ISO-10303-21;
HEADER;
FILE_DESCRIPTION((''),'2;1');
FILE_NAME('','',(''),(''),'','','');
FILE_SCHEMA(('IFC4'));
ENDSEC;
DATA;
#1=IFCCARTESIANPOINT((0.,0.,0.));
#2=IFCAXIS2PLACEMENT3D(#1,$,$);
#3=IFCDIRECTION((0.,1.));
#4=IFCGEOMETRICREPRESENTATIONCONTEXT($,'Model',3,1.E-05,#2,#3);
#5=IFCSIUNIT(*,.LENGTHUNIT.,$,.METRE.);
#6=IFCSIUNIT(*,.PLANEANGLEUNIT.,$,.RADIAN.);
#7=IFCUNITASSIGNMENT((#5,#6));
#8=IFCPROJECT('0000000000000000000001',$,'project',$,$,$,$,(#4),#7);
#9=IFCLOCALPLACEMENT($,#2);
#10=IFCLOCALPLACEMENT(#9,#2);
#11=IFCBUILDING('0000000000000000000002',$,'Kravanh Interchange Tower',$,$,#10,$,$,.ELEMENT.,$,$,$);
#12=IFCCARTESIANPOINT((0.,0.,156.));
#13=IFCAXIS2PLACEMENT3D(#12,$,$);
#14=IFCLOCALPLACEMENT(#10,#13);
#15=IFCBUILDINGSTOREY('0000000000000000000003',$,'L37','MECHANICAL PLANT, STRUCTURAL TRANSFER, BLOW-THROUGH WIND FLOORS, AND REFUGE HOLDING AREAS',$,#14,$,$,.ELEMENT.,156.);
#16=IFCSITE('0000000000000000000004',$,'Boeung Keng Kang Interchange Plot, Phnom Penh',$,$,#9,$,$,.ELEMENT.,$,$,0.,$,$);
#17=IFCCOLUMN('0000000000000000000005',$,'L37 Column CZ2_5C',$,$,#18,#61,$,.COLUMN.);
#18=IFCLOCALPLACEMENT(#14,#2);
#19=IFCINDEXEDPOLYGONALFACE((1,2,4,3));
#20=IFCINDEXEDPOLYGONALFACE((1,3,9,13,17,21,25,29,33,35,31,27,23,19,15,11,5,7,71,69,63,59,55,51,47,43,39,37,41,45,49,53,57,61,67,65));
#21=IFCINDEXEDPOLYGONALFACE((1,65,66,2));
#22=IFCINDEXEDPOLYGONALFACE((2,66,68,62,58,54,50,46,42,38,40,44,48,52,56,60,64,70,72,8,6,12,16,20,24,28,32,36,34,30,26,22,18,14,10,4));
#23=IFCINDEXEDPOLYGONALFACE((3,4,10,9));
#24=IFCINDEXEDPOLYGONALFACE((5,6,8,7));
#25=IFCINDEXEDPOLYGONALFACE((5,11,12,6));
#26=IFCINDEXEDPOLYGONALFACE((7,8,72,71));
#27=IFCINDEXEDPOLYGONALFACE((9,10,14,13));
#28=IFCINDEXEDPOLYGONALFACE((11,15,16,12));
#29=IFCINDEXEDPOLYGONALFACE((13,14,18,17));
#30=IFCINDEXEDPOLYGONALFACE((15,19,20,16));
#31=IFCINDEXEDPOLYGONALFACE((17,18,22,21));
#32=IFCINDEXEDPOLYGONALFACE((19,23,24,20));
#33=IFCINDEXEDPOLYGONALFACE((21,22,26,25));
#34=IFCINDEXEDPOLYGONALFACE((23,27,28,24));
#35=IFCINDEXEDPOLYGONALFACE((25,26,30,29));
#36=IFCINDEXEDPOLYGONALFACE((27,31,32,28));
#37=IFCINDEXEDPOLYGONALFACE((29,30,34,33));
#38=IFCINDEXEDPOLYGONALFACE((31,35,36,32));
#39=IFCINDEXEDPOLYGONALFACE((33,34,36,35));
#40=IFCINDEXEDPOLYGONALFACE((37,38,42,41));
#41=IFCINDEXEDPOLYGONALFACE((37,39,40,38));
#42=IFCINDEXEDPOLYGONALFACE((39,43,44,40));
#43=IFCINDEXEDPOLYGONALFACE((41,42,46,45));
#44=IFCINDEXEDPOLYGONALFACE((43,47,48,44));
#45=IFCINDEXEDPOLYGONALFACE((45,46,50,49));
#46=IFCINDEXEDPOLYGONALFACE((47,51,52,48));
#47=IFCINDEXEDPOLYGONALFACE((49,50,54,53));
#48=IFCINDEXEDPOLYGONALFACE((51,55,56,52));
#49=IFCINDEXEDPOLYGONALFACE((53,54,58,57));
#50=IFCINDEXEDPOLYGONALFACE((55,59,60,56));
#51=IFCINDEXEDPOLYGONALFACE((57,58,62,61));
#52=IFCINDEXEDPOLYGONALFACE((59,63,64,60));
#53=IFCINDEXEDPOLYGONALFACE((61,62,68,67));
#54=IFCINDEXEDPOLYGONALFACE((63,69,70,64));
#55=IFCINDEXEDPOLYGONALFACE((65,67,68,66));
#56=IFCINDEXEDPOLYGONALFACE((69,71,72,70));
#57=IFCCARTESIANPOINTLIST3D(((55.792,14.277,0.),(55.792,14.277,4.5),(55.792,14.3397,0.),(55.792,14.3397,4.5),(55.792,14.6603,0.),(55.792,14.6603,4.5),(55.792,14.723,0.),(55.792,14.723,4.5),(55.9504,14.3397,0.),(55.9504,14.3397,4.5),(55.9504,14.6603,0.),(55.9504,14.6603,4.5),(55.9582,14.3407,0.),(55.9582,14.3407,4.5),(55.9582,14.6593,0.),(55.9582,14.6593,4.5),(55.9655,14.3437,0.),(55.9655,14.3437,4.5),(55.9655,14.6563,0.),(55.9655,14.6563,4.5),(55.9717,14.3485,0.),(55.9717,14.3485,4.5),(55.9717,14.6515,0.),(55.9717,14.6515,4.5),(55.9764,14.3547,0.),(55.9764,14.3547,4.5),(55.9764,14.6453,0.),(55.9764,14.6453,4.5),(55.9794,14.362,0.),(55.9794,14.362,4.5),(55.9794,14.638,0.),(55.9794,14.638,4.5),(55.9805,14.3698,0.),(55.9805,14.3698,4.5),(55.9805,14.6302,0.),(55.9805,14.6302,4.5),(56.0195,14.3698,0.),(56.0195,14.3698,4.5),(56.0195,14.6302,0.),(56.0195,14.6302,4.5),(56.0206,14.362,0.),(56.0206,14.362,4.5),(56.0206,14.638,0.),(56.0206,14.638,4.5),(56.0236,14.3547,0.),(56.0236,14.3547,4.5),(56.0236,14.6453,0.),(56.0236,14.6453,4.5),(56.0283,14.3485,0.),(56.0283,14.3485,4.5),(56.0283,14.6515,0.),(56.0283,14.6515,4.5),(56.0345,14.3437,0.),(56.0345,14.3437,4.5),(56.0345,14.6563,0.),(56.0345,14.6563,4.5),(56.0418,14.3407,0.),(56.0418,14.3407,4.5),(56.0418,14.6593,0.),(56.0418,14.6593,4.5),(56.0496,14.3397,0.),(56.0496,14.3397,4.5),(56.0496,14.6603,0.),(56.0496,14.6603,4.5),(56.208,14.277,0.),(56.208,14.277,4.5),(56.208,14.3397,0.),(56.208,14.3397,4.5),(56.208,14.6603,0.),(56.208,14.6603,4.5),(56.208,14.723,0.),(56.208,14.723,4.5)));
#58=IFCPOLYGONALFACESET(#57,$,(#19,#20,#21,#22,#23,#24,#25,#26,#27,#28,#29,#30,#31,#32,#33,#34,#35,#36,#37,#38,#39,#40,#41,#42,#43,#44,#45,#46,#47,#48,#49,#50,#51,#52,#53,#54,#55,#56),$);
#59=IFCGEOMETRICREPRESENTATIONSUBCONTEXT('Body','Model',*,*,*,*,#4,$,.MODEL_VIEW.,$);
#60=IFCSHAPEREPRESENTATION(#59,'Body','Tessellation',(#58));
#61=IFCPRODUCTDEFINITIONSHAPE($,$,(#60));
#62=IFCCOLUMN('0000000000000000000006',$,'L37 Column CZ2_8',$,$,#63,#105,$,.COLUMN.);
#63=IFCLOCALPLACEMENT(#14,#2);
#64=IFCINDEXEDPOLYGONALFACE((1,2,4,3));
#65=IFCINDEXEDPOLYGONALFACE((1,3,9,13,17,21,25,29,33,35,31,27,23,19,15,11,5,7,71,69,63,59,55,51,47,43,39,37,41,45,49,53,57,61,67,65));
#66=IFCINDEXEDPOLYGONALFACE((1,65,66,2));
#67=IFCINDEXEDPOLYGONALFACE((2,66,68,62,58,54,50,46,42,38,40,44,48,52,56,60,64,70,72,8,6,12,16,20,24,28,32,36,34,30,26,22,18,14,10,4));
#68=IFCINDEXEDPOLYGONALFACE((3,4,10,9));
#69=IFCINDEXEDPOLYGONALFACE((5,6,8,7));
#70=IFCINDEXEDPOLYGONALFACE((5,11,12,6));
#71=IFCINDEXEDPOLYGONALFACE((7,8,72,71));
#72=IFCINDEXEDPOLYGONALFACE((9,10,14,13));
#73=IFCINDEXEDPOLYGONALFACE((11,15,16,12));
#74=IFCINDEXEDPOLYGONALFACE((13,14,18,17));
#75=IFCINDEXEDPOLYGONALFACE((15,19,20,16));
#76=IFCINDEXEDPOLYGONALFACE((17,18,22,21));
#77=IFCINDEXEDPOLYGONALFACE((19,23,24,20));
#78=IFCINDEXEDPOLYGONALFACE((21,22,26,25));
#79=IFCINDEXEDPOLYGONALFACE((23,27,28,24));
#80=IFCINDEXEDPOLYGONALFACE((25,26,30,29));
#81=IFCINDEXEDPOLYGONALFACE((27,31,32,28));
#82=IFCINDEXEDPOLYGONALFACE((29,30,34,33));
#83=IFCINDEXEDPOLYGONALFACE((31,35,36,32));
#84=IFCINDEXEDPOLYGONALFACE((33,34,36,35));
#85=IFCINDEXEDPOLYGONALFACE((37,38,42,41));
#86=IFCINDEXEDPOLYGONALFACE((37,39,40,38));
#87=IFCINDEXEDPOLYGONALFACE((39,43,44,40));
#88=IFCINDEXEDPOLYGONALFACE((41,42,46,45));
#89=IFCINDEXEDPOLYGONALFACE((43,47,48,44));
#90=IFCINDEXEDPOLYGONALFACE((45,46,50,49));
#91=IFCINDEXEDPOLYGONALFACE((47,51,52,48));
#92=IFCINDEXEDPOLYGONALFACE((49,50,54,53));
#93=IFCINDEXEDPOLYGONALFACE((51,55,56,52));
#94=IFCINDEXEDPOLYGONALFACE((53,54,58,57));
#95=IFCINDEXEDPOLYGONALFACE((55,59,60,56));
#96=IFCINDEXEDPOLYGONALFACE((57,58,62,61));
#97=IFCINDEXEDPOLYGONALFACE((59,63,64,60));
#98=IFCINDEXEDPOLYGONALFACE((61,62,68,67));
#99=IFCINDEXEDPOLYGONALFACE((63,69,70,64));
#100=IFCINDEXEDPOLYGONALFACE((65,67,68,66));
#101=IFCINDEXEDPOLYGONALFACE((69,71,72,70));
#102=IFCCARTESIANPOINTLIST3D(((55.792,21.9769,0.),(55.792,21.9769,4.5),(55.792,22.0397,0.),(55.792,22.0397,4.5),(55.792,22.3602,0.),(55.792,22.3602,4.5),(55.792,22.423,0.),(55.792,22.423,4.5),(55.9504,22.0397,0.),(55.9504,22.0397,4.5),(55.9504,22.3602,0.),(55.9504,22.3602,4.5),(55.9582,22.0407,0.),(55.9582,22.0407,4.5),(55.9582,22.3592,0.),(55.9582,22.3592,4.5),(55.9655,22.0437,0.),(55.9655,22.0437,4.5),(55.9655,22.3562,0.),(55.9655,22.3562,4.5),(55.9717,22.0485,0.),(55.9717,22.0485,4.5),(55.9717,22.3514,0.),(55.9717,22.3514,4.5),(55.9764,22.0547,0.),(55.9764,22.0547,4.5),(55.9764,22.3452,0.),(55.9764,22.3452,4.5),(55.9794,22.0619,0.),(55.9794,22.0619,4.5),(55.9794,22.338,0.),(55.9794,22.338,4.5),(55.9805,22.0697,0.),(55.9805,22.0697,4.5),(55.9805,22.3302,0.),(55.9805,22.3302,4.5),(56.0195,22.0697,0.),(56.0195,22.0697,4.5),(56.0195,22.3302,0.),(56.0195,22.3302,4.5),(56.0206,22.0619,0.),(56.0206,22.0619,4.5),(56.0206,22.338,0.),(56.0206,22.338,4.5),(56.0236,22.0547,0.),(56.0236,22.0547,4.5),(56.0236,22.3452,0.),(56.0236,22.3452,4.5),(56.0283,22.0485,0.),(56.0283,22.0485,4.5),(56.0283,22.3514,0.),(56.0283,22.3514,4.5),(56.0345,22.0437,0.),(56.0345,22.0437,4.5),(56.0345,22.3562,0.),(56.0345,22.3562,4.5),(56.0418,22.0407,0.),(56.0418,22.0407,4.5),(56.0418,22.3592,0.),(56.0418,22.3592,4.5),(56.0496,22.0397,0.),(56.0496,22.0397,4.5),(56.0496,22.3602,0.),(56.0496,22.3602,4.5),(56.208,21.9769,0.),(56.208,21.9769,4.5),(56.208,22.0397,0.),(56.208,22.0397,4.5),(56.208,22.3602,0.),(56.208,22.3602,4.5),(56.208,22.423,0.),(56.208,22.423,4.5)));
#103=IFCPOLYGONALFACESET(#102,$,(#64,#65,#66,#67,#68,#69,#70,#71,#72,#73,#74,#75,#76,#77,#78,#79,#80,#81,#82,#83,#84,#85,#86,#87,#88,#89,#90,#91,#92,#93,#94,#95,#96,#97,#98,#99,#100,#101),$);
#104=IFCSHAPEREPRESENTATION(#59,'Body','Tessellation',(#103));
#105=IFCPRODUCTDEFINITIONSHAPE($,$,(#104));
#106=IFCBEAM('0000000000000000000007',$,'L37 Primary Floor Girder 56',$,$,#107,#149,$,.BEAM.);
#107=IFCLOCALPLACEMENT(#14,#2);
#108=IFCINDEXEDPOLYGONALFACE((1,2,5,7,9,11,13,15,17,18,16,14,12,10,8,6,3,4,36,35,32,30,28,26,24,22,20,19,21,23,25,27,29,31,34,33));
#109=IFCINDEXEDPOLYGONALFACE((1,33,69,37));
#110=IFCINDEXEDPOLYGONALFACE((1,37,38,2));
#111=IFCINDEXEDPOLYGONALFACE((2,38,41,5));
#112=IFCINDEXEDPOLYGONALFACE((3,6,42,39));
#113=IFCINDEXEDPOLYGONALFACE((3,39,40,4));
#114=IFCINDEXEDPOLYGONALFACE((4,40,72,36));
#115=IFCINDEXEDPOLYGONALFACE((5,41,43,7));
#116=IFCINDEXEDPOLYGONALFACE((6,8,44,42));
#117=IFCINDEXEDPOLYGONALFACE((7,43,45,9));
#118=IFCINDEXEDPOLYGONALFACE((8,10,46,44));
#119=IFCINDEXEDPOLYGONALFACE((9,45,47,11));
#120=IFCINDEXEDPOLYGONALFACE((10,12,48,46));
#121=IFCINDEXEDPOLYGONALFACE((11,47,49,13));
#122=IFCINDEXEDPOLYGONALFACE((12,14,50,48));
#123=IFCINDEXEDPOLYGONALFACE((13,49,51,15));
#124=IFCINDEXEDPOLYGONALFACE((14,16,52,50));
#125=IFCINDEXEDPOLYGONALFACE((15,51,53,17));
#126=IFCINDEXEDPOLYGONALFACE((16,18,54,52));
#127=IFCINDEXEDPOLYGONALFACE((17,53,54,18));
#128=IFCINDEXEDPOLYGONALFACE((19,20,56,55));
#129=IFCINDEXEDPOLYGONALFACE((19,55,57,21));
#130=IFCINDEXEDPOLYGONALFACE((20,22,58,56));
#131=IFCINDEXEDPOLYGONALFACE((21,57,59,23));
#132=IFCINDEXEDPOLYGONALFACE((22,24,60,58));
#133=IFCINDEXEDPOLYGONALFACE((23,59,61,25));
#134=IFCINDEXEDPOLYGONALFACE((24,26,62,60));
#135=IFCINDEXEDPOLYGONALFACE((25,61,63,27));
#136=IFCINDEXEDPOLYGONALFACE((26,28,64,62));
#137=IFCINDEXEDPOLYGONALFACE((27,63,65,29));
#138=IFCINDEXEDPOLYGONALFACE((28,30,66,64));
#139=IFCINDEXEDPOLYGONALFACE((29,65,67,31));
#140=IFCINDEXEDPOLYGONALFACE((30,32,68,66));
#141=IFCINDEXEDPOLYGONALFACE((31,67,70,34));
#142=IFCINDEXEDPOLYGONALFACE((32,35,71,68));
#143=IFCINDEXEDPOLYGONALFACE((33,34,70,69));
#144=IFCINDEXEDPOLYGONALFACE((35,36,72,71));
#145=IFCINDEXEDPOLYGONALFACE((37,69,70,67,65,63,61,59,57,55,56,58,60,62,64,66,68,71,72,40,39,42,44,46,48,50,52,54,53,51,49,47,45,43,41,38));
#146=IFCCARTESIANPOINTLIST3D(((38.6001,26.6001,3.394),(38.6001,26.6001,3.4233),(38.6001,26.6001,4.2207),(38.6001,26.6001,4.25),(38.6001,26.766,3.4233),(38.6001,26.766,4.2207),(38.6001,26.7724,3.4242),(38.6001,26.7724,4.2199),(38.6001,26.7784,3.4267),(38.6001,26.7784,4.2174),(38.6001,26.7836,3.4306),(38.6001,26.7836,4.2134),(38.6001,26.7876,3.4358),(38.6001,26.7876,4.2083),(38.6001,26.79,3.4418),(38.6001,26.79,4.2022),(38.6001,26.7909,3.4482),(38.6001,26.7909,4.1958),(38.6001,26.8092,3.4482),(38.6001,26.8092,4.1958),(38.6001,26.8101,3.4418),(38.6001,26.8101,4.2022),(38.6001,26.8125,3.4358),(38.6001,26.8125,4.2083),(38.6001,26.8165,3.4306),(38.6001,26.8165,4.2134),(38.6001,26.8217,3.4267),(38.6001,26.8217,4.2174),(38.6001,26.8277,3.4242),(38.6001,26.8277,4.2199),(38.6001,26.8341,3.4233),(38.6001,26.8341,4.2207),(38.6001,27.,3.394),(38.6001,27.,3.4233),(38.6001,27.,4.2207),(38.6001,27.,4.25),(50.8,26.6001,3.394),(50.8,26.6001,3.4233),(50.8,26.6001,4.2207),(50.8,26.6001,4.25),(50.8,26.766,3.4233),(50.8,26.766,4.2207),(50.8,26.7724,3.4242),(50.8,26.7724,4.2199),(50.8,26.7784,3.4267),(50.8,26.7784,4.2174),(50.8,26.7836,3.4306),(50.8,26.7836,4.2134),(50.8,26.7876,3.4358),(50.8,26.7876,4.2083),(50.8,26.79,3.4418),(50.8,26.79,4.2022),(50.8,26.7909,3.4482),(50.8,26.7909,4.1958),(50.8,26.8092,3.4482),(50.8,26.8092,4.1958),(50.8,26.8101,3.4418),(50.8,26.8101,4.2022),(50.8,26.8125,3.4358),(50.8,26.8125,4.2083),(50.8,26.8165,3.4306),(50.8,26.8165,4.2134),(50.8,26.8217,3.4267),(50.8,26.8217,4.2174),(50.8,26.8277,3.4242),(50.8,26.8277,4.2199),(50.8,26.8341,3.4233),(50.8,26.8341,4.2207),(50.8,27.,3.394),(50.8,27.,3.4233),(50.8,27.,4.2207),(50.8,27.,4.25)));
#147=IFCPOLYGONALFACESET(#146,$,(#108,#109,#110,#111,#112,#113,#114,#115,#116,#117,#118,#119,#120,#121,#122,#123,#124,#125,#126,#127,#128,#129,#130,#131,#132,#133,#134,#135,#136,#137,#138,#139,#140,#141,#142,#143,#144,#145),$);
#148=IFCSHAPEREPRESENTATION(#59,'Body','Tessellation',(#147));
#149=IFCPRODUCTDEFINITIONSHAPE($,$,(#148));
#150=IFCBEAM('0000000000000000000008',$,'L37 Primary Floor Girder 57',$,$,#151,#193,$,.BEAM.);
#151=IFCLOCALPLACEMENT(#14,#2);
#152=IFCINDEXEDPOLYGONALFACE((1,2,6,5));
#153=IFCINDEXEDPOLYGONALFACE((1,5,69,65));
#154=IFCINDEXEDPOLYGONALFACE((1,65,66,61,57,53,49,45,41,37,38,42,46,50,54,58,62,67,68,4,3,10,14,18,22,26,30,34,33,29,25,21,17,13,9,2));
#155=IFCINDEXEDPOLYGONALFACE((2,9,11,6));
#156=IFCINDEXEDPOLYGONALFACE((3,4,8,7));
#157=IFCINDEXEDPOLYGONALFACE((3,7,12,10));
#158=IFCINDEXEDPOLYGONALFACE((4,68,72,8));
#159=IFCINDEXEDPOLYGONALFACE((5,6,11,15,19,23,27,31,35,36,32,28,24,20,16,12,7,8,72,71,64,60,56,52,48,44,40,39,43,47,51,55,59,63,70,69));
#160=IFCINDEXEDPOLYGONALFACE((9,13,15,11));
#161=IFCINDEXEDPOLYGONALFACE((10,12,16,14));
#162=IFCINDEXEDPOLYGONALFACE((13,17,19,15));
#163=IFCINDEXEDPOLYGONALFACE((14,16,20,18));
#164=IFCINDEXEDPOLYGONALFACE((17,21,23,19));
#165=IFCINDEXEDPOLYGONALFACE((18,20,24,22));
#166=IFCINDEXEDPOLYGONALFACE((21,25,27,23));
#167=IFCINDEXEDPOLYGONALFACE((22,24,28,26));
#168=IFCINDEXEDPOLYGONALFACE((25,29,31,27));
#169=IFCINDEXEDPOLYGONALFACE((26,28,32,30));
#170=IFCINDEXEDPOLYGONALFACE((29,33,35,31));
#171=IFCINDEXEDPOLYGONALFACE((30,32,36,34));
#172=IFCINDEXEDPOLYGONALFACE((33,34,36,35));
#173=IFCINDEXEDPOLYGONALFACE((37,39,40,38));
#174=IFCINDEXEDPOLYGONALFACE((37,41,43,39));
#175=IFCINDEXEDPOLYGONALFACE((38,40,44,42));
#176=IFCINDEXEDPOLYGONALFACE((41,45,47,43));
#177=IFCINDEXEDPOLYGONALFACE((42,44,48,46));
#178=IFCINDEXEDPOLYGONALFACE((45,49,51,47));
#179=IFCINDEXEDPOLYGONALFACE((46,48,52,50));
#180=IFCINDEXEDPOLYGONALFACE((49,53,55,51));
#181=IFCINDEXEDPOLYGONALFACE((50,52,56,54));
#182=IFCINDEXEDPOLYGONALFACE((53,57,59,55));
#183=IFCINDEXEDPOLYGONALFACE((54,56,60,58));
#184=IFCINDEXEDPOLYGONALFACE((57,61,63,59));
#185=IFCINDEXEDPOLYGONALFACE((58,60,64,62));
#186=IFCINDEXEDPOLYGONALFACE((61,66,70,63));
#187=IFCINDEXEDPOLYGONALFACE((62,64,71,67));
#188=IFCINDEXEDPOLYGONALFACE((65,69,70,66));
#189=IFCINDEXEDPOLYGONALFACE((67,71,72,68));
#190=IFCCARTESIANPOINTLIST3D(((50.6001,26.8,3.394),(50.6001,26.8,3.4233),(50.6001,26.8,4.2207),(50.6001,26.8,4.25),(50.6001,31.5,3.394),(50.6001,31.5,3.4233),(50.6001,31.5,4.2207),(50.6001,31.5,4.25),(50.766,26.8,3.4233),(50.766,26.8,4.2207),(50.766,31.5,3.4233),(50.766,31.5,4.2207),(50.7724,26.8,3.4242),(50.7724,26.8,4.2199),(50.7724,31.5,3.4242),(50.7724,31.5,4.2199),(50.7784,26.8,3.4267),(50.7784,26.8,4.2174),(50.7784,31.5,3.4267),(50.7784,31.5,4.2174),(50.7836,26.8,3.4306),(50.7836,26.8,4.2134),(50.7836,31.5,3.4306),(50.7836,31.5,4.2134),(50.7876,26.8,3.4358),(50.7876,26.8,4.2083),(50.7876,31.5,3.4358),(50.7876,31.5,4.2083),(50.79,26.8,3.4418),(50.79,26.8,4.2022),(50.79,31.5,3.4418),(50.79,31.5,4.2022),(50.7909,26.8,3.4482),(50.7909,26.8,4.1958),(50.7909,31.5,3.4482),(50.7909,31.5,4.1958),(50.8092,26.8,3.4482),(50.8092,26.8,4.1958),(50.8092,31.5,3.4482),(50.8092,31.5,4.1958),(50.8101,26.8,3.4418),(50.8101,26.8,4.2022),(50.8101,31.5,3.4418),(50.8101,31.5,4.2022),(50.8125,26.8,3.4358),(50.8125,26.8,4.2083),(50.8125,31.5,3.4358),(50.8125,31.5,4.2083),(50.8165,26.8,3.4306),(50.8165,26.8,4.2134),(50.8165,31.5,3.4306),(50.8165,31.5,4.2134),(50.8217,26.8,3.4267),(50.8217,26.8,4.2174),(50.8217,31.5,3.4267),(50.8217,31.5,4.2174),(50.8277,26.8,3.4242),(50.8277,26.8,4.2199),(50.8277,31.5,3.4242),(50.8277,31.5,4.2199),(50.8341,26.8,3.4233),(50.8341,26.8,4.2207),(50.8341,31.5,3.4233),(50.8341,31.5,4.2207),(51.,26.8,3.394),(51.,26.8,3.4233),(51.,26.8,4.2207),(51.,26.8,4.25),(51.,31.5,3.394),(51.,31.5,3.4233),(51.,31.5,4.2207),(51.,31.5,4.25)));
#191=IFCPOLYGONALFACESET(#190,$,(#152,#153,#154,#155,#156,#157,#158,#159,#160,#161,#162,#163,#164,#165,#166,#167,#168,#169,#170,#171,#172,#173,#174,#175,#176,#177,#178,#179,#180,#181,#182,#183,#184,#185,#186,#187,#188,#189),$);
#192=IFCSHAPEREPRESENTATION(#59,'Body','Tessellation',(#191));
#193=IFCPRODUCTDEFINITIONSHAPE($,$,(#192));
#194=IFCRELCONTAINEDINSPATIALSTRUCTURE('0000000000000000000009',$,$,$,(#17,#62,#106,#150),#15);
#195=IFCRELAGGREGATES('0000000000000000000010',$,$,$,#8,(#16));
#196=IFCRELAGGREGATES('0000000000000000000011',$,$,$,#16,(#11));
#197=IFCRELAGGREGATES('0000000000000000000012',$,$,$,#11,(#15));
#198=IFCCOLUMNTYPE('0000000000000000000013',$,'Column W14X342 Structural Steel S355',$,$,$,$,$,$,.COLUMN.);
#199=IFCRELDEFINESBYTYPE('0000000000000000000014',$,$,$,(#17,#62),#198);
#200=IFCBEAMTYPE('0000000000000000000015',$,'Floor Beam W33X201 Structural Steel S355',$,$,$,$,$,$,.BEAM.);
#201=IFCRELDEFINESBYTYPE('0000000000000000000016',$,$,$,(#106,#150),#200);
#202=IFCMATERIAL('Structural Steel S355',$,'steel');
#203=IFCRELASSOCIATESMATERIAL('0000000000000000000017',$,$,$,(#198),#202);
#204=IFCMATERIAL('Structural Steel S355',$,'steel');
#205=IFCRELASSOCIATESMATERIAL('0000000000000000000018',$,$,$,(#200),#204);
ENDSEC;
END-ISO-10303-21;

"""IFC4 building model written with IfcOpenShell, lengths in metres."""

from ifc_helpers import new_model, si_unit, direction, frame, origin, origin_2d, place, context, subcontext, project, spatial, i_section, extrude, material, material_profile, profile_set, type_object, element, save


model = new_model("IFC4")

# Units and contexts
model_context = context("Model", 3, precision=1e-05, world=origin(), true_north=direction((0.0, 1.0)))
body_context = subcontext(model_context, "Body", "Model", "MODEL_VIEW")
ifc_project = project(units=[si_unit("LENGTHUNIT", "METRE"), si_unit("PLANEANGLEUNIT", "RADIAN")], contexts=[model_context])

# Site, building, storey
site_placement = place(None, origin())
site = spatial("IfcSite", under=ifc_project, at=site_placement, Name="Boeung Keng Kang Interchange Plot, Phnom Penh", CompositionType="ELEMENT", RefElevation=0.0)
building_placement = place(site_placement, origin())
building = spatial("IfcBuilding", under=site, at=building_placement, Name="Kravanh Interchange Tower", CompositionType="ELEMENT")
storey_placement = place(building_placement, frame((0.0, 0.0, 156.0)))
storey = spatial("IfcBuildingStorey", under=building, at=storey_placement, Name="L37", Description="MECHANICAL PLANT, STRUCTURAL TRANSFER, BLOW-THROUGH WIND FLOORS, AND REFUGE HOLDING AREAS", CompositionType="ELEMENT", Elevation=156.0)

# Columns
ifc_material_1 = material(Name="Structural Steel S355", Category="steel")
ifc_material_profile_1 = material_profile(ifc_material_1, i_section(OverallWidth=0.416, OverallDepth=0.446, WebThickness=0.0391, FlangeThickness=0.0627, FilletRadius=0.03, at=origin_2d()), Name="W14X342")
ifc_profile_set_1 = profile_set([ifc_material_profile_1], Name="Structural Steel S355")
column_type = type_object("IfcColumnType", Name="Column W14X342 Structural Steel S355", PredefinedType="COLUMN", material=ifc_profile_set_1)
for number, where, z_axis, x_axis, name in (
    (1, (56.0, 14.5, 0.0), (0.0, 0.0, 1.0), (1.0, 0.0, 0.0), "L37 Column CZ2_5C"),
    (2, (56.0, 22.2, 0.0), (0.0, 0.0, 1.0), (1.0, 0.0, 0.0), "L37 Column CZ2_8"),
):
    element("IfcColumn", number, at=place(storey_placement, frame(where, z_axis=z_axis, x_axis=x_axis)), inside=storey, type_object=column_type, Name=name, PredefinedType="COLUMN", context=body_context, shape_type="SweptSolid", body=[
        extrude(i_section(OverallWidth=0.416, OverallDepth=0.446, WebThickness=0.0391, FlangeThickness=0.0627, FilletRadius=0.03, at=origin_2d()), origin(), (0.0, 0.0, 1.0), 4.5),
    ])

# Beams
ifc_material_2 = material(Name="Structural Steel S355", Category="steel")
ifc_material_profile_2 = material_profile(ifc_material_2, i_section(OverallWidth=0.3999, OverallDepth=0.856, WebThickness=0.0183, FlangeThickness=0.0293, FilletRadius=0.0249, at=origin_2d()), Name="W33X201")
ifc_profile_set_2 = profile_set([ifc_material_profile_2], Name="Structural Steel S355")
beam_type_1 = type_object("IfcBeamType", Name="Floor Beam W33X201 Structural Steel S355", PredefinedType="BEAM", material=ifc_profile_set_2)
beam_1_placement = place(storey_placement, frame((38.6001, 26.8, 3.822), z_axis=(1.0, 0.0, 0.0), x_axis=(0.0, 1.0, 0.0)))
element("IfcBeam", 3, at=beam_1_placement, inside=storey, type_object=beam_type_1, Name="L37 Primary Floor Girder 56", PredefinedType="BEAM", context=body_context, shape_type="SweptSolid", body=[
    extrude(i_section(OverallWidth=0.3999, OverallDepth=0.856, WebThickness=0.0183, FlangeThickness=0.0293, FilletRadius=0.0249, at=origin_2d()), origin(), (0.0, 0.0, 1.0), 12.2),
])
beam_2_placement = place(storey_placement, frame((50.8, 26.8, 3.822), z_axis=(0.0, 1.0, 0.0), x_axis=(-1.0, 0.0, 0.0)))
element("IfcBeam", 4, at=beam_2_placement, inside=storey, type_object=beam_type_1, Name="L37 Primary Floor Girder 57", PredefinedType="BEAM", context=body_context, shape_type="SweptSolid", body=[
    extrude(i_section(OverallWidth=0.3999, OverallDepth=0.856, WebThickness=0.0183, FlangeThickness=0.0293, FilletRadius=0.0249, at=origin_2d()), origin(), (0.0, 0.0, 1.0), 4.7),
])

save(model, "model.ifc")
